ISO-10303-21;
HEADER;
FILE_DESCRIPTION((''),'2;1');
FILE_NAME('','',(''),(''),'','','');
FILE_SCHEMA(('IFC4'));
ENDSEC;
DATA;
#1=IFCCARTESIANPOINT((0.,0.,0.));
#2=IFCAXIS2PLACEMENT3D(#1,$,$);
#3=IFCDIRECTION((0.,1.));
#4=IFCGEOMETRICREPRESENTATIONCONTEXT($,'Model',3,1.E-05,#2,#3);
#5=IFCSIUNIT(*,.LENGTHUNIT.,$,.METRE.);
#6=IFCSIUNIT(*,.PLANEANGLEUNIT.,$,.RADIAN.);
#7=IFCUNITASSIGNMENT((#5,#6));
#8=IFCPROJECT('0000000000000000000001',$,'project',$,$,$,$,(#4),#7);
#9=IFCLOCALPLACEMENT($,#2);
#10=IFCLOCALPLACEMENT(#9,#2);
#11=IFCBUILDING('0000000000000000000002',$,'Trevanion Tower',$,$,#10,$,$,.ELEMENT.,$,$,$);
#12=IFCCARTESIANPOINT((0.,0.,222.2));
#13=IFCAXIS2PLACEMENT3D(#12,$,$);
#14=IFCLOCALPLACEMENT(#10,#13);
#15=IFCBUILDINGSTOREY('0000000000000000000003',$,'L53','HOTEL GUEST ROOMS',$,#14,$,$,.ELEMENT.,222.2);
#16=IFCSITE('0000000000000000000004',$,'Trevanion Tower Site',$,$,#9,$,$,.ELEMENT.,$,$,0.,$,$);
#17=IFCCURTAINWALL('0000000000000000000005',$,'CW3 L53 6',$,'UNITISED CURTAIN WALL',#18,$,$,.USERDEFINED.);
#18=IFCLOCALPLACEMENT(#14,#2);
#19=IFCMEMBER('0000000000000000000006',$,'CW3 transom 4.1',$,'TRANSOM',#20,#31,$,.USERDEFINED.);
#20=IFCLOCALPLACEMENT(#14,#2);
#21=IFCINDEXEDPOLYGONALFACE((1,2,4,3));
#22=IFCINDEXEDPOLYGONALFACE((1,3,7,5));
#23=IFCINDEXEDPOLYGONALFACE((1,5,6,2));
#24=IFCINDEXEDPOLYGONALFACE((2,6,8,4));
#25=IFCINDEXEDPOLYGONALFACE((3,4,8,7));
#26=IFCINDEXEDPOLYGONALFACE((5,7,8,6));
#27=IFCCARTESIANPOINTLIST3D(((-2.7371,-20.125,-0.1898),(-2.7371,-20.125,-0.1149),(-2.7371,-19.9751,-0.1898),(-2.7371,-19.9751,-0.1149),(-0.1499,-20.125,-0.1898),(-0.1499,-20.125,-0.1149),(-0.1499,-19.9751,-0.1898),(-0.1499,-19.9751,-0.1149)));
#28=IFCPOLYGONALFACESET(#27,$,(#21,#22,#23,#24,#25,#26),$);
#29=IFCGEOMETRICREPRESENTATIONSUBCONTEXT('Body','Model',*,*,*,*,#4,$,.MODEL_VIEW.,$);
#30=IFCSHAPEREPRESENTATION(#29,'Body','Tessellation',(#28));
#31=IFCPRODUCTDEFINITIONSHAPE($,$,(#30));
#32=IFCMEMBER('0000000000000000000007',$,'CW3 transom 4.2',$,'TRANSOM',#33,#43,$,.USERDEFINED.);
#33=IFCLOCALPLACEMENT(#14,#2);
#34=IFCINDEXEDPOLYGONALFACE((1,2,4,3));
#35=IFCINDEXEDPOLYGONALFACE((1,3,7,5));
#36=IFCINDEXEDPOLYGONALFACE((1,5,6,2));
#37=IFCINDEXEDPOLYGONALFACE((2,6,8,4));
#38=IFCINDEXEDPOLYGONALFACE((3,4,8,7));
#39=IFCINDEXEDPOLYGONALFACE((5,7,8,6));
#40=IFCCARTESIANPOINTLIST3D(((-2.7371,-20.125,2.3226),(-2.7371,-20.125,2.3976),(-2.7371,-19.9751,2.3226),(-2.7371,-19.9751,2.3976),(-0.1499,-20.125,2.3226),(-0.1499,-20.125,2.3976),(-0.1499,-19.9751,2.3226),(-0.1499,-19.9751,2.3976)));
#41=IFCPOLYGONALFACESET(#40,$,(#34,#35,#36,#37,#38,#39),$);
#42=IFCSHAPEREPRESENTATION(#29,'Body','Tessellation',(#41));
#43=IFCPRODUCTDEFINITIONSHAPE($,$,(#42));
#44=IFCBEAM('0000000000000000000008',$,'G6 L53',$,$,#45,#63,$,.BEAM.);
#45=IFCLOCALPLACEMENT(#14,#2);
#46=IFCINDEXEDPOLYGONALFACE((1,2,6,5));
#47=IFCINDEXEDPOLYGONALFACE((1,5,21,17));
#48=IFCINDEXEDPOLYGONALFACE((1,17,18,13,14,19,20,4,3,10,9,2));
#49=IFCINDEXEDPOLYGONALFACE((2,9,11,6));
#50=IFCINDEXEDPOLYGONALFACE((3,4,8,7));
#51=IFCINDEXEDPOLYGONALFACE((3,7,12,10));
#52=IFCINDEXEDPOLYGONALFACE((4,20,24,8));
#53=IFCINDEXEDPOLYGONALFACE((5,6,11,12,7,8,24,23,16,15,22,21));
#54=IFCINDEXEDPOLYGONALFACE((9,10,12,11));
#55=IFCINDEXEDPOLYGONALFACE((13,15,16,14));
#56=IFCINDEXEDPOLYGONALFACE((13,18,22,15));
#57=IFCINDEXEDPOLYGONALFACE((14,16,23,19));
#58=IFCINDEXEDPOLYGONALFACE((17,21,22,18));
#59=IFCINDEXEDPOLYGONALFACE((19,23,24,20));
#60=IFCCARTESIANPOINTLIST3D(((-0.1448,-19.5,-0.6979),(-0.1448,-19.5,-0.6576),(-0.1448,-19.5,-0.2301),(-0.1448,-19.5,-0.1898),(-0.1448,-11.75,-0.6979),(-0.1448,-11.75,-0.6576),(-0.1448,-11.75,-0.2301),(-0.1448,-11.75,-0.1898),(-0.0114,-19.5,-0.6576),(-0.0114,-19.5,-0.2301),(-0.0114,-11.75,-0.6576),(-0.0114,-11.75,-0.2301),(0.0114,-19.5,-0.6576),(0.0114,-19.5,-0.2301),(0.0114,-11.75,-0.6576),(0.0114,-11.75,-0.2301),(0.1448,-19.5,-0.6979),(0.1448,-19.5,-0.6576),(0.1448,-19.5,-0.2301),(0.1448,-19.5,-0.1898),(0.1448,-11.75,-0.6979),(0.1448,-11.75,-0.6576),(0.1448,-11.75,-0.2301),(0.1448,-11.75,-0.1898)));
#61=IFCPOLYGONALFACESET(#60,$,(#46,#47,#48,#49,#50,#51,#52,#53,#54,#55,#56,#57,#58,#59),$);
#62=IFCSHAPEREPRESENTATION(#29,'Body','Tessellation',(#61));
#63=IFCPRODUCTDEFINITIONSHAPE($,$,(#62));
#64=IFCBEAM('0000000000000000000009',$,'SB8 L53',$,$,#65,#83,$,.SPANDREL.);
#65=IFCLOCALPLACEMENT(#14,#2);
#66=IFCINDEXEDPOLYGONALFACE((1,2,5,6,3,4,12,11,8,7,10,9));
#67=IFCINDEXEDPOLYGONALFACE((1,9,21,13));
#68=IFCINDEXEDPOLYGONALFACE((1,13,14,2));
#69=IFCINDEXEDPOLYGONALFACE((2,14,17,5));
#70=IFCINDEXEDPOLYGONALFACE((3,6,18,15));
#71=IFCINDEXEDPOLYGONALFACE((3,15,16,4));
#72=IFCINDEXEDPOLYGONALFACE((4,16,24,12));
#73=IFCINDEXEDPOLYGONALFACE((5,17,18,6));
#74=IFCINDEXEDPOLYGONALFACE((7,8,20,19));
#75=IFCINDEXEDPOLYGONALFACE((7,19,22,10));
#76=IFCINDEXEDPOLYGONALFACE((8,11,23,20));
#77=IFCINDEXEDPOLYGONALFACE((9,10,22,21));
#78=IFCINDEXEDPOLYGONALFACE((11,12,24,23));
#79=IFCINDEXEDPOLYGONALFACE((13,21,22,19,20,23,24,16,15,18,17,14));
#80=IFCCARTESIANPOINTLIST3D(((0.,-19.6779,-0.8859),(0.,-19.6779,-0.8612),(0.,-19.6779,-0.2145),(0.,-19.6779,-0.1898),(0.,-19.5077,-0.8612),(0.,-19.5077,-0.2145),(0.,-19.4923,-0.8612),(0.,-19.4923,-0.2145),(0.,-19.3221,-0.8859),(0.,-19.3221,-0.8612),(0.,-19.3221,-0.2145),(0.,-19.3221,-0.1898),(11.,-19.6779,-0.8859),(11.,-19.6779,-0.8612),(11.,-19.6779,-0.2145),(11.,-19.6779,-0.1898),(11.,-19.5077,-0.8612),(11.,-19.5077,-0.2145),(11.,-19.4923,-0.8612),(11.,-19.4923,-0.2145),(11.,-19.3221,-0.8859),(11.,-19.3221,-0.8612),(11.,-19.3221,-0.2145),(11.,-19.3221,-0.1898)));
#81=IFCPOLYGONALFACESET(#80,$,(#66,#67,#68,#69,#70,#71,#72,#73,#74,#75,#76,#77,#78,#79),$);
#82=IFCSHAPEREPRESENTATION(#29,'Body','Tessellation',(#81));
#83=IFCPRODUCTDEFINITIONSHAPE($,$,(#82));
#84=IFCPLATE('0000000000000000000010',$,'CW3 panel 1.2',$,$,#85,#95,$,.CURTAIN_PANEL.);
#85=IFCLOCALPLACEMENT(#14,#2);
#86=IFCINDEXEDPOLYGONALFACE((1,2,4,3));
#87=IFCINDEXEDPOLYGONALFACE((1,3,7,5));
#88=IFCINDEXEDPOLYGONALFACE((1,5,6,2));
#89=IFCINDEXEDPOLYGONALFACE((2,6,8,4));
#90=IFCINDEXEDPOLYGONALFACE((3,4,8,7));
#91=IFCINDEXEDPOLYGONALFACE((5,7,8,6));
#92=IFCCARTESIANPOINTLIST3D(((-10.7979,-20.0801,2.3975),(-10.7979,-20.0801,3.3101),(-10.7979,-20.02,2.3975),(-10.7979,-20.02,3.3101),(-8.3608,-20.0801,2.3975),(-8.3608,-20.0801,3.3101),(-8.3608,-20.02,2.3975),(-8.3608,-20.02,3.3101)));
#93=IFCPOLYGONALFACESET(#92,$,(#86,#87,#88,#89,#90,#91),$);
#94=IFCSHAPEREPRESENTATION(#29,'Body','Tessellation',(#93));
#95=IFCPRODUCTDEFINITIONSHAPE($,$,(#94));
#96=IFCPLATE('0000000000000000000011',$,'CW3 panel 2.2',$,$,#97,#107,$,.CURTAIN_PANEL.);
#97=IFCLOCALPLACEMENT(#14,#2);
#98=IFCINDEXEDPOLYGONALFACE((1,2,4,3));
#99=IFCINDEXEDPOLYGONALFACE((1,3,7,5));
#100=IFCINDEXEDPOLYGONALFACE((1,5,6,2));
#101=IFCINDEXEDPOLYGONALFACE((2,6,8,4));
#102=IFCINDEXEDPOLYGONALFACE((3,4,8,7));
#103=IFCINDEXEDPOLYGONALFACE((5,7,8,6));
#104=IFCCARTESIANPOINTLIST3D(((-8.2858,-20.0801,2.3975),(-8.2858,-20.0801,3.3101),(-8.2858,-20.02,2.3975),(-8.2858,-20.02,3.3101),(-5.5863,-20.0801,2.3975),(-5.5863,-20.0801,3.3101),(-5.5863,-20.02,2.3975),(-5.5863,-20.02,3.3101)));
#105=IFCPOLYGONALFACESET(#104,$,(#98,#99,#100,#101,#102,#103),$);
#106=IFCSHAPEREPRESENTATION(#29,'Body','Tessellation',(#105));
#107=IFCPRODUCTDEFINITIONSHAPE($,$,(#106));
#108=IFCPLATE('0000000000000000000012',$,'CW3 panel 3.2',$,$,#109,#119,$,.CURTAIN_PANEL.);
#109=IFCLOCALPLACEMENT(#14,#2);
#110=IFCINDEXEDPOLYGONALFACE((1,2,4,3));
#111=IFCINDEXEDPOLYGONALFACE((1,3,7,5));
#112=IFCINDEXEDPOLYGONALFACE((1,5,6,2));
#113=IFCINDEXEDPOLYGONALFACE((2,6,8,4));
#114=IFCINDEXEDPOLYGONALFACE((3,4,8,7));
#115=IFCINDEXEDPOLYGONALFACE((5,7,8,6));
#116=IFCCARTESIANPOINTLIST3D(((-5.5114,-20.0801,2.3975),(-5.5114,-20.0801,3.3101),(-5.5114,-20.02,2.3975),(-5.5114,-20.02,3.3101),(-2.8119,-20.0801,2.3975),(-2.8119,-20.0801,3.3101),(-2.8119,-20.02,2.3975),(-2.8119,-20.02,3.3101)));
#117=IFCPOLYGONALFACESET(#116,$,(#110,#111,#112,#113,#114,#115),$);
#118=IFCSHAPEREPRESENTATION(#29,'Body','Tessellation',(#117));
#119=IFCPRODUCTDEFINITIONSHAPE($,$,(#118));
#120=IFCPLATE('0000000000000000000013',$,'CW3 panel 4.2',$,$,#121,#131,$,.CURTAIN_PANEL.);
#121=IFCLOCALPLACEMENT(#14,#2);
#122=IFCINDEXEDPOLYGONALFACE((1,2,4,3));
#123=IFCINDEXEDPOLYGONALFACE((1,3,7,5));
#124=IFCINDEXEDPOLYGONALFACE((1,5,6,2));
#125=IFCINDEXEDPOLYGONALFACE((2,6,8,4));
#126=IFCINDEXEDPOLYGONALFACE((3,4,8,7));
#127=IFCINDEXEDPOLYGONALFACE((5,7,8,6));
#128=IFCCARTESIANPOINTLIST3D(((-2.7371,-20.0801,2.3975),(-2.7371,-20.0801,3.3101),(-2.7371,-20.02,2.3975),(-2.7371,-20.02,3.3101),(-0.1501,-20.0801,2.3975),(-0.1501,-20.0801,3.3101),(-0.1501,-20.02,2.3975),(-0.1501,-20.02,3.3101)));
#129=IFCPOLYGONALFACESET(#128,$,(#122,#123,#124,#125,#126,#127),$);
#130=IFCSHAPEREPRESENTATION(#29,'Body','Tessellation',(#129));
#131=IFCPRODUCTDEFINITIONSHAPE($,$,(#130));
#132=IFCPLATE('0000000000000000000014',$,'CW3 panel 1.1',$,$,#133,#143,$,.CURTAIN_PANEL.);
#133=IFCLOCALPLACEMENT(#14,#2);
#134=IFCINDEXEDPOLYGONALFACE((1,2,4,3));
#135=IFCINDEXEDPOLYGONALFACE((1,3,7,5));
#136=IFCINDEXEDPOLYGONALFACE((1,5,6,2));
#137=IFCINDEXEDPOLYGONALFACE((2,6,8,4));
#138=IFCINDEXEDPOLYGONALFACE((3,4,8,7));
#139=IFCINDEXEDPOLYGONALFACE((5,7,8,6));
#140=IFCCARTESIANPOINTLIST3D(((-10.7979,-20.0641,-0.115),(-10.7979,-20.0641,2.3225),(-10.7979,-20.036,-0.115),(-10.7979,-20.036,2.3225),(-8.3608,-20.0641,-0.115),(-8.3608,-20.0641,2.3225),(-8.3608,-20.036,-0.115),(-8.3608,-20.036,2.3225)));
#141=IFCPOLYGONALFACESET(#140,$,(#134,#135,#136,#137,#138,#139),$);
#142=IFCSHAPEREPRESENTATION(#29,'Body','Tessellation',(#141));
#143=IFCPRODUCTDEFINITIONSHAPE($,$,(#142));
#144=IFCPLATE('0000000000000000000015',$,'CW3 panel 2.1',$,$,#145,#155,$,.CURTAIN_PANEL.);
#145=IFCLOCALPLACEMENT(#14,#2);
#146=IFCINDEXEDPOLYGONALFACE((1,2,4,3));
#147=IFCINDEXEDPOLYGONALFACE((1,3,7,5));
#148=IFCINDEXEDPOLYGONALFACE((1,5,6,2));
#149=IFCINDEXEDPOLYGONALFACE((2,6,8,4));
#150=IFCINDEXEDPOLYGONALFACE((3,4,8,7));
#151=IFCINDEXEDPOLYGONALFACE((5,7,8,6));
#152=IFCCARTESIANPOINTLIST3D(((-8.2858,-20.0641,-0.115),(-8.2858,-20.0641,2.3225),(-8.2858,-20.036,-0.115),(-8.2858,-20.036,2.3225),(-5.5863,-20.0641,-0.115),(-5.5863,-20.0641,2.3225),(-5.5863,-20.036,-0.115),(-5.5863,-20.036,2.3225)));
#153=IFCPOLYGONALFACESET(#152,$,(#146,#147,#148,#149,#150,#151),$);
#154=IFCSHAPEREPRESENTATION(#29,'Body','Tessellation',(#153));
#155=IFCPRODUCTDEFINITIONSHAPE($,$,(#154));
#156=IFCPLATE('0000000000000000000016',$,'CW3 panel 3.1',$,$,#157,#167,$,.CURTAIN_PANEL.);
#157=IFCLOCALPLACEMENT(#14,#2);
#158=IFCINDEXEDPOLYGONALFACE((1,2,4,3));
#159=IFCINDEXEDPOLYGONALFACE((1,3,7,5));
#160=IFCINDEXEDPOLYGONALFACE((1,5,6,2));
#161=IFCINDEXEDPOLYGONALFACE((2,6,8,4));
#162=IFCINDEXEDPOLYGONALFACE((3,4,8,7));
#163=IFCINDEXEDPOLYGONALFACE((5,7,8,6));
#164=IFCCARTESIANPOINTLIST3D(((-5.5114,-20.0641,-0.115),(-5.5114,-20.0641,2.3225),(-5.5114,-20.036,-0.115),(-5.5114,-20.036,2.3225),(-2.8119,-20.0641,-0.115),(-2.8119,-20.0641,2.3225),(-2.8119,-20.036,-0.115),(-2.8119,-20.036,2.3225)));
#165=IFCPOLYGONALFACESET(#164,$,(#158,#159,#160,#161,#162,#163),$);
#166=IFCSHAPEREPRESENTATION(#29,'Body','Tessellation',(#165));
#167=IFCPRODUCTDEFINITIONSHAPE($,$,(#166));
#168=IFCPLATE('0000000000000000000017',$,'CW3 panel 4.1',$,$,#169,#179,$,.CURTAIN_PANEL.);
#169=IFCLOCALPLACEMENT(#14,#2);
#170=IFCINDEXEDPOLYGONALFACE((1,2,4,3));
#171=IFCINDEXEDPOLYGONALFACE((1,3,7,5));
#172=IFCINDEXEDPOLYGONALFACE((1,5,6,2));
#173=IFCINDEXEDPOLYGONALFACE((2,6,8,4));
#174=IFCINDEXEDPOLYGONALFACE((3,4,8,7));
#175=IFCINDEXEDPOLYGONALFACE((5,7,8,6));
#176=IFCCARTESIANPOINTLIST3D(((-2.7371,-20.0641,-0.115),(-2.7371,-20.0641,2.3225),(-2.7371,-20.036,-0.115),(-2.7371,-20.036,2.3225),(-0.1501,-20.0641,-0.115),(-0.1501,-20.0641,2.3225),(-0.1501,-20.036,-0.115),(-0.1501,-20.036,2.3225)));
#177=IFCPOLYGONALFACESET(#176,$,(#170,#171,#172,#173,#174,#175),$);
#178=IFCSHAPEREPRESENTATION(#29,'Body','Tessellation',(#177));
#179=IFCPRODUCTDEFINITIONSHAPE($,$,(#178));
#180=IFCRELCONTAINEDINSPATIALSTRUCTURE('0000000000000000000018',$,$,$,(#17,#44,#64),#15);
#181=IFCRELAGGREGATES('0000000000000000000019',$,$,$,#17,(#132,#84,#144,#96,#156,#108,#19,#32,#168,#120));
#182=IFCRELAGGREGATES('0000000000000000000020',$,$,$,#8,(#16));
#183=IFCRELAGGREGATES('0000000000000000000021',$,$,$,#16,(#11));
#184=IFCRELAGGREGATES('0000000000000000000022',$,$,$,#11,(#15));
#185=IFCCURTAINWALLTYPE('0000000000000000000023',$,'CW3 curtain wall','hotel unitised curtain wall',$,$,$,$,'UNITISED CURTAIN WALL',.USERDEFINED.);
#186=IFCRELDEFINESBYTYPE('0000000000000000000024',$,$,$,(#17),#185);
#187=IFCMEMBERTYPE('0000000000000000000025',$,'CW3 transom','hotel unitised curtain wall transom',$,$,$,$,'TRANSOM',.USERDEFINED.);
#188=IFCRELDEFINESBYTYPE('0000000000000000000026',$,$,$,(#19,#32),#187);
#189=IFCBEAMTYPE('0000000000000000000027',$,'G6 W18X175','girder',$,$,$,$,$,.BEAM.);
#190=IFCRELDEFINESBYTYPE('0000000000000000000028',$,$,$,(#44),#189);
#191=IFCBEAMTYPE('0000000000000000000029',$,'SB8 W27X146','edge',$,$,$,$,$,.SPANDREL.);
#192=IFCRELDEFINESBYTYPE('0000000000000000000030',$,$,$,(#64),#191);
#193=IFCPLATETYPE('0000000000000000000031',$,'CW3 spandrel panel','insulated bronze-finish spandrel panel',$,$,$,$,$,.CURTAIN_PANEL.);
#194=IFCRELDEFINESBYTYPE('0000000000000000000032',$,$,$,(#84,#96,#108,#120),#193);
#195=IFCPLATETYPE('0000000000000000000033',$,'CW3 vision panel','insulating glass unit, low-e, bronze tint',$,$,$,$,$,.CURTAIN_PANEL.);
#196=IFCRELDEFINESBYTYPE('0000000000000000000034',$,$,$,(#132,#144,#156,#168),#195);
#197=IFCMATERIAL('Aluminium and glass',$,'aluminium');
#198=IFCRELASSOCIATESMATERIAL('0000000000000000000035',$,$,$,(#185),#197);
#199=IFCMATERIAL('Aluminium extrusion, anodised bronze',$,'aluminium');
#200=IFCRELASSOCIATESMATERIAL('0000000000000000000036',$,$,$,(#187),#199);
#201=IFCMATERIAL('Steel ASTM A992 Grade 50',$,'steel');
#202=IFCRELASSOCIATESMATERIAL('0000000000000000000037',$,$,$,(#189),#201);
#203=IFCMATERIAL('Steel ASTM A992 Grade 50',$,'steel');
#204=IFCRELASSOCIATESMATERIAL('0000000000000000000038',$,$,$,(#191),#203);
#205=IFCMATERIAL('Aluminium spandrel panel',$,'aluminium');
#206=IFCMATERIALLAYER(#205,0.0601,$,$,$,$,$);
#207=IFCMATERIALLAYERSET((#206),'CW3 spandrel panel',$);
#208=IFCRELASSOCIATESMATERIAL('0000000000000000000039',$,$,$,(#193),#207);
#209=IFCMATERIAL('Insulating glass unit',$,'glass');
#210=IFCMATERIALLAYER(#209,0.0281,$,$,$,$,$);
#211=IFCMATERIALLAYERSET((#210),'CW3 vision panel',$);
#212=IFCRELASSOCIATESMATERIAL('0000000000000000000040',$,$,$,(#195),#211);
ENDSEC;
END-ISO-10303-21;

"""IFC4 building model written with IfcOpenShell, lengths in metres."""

from ifc_helpers import new_model, si_unit, direction, frame, origin, origin_2d, place, context, subcontext, project, spatial, rectangle, i_section, extrude, material, layer, layer_set, material_profile, profile_set, type_object, element, aggregate, save


model = new_model("IFC4")

# Units and contexts
model_context = context("Model", 3, precision=1e-05, world=origin(), true_north=direction((0.0, 1.0)))
body_context = subcontext(model_context, "Body", "Model", "MODEL_VIEW")
ifc_project = project(units=[si_unit("LENGTHUNIT", "METRE"), si_unit("PLANEANGLEUNIT", "RADIAN")], contexts=[model_context])

# Site, building, storey
site_placement = place(None, origin())
site = spatial("IfcSite", under=ifc_project, at=site_placement, Name="Trevanion Tower Site", CompositionType="ELEMENT", RefElevation=0.0)
building_placement = place(site_placement, origin())
building = spatial("IfcBuilding", under=site, at=building_placement, Name="Trevanion Tower", CompositionType="ELEMENT")
storey_placement = place(building_placement, frame((0.0, 0.0, 222.2)))
storey = spatial("IfcBuildingStorey", under=building, at=storey_placement, Name="L53", Description="HOTEL GUEST ROOMS", CompositionType="ELEMENT", Elevation=222.2)

# Curtain wall, members
ifc_material_1 = material(Name="Aluminium and glass", Category="aluminium")
curtain_wall_type = type_object("IfcCurtainWallType", Name="CW3 curtain wall", Description="hotel unitised curtain wall", ElementType="UNITISED CURTAIN WALL", PredefinedType="USERDEFINED", material=ifc_material_1)
curtain_wall_placement = place(storey_placement, origin())
curtain_wall = element("IfcCurtainWall", 1, at=curtain_wall_placement, inside=storey, type_object=curtain_wall_type, Name="CW3 L53 6", ObjectType="UNITISED CURTAIN WALL", PredefinedType="USERDEFINED")
ifc_material_2 = material(Name="Aluminium extrusion, anodised bronze", Category="aluminium")
ifc_material_profile_1 = material_profile(ifc_material_2, rectangle(XDim=0.1499, YDim=0.075, at=origin_2d()), Name="CW3 transom")
ifc_profile_set_1 = profile_set([ifc_material_profile_1], Name="Aluminium extrusion, anodised bronze")
member_type_1 = type_object("IfcMemberType", Name="CW3 transom", Description="hotel unitised curtain wall transom", ElementType="TRANSOM", PredefinedType="USERDEFINED", material=ifc_profile_set_1)
member_1_placement = place(storey_placement, frame((-2.7371, -20.05, -0.1523), z_axis=(1.0, 0.0, 0.0), x_axis=(0.0, 1.0, 0.0)))
member_1 = element("IfcMember", 2, at=member_1_placement, type_object=member_type_1, Name="CW3 transom 4.1", ObjectType="TRANSOM", PredefinedType="USERDEFINED", context=body_context, shape_type="SweptSolid", body=[
    extrude(rectangle(XDim=0.1499, YDim=0.075, at=origin_2d()), origin(), (0.0, 0.0, 1.0), 2.5872),
])
member_2_placement = place(storey_placement, frame((-2.7371, -20.05, 2.3601), z_axis=(1.0, 0.0, 0.0), x_axis=(0.0, 1.0, 0.0)))
member_2 = element("IfcMember", 3, at=member_2_placement, type_object=member_type_1, Name="CW3 transom 4.2", ObjectType="TRANSOM", PredefinedType="USERDEFINED", context=body_context, shape_type="SweptSolid", body=[
    extrude(rectangle(XDim=0.1499, YDim=0.075, at=origin_2d()), origin(), (0.0, 0.0, 1.0), 2.5872),
])

# Beams
ifc_material_3 = material(Name="Steel ASTM A992 Grade 50", Category="steel")
ifc_material_profile_2 = material_profile(ifc_material_3, i_section(OverallWidth=0.2896, OverallDepth=0.5081, WebThickness=0.0227, FlangeThickness=0.0403, at=origin_2d()), Name="W18X175")
ifc_profile_set_2 = profile_set([ifc_material_profile_2], Name="Steel ASTM A992 Grade 50")
beam_type_1 = type_object("IfcBeamType", Name="G6 W18X175", Description="girder", PredefinedType="BEAM", material=ifc_profile_set_2)
beam_1_placement = place(storey_placement, frame((0.0, -11.75, -0.4438), z_axis=(0.0, -1.0, 0.0), x_axis=(1.0, 0.0, 0.0)))
element("IfcBeam", 4, at=beam_1_placement, inside=storey, type_object=beam_type_1, Name="G6 L53", PredefinedType="BEAM", context=body_context, shape_type="SweptSolid", body=[
    extrude(i_section(OverallWidth=0.2896, OverallDepth=0.5081, WebThickness=0.0227, FlangeThickness=0.0403, at=origin_2d()), origin(), (0.0, 0.0, 1.0), 7.75),
])
ifc_material_4 = material(Name="Steel ASTM A992 Grade 50", Category="steel")
ifc_material_profile_3 = material_profile(ifc_material_4, i_section(OverallWidth=0.3557, OverallDepth=0.696, WebThickness=0.0154, FlangeThickness=0.0247, at=origin_2d()), Name="W27X146")
ifc_profile_set_3 = profile_set([ifc_material_profile_3], Name="Steel ASTM A992 Grade 50")
beam_type_2 = type_object("IfcBeamType", Name="SB8 W27X146", Description="edge", PredefinedType="SPANDREL", material=ifc_profile_set_3)
beam_2_placement = place(storey_placement, frame((0.0, -19.5, -0.5378), z_axis=(1.0, 0.0, 0.0), x_axis=(0.0, 1.0, 0.0)))
element("IfcBeam", 5, at=beam_2_placement, inside=storey, type_object=beam_type_2, Name="SB8 L53", PredefinedType="SPANDREL", context=body_context, shape_type="SweptSolid", body=[
    extrude(i_section(OverallWidth=0.3557, OverallDepth=0.696, WebThickness=0.0154, FlangeThickness=0.0247, at=origin_2d()), origin(), (0.0, 0.0, 1.0), 11.0),
])

# Plates
ifc_material_5 = material(Name="Aluminium spandrel panel", Category="aluminium")
ifc_layer_1 = layer(ifc_material_5, 0.0601)
ifc_layer_set_1 = layer_set([ifc_layer_1], Name="CW3 spandrel panel")
plate_type_1 = type_object("IfcPlateType", Name="CW3 spandrel panel", Description="insulated bronze-finish spandrel panel", PredefinedType="CURTAIN_PANEL", material=ifc_layer_set_1)
plate_1_placement = place(storey_placement, frame((-9.5793, -20.05, 2.3975), z_axis=(0.0, 0.0, 1.0), x_axis=(1.0, 0.0, 0.0)))
plate_1 = element("IfcPlate", 6, at=plate_1_placement, type_object=plate_type_1, Name="CW3 panel 1.2", PredefinedType="CURTAIN_PANEL", context=body_context, shape_type="SweptSolid", body=[
    extrude(rectangle(XDim=2.437, YDim=0.0601, at=origin_2d()), origin(), (0.0, 0.0, 1.0), 0.9126),
])
plate_2_placement = place(storey_placement, frame((-6.936, -20.05, 2.3975), z_axis=(0.0, 0.0, 1.0), x_axis=(1.0, 0.0, 0.0)))
plate_2 = element("IfcPlate", 7, at=plate_2_placement, type_object=plate_type_1, Name="CW3 panel 2.2", PredefinedType="CURTAIN_PANEL", context=body_context, shape_type="SweptSolid", body=[
    extrude(rectangle(XDim=2.6995, YDim=0.0601, at=origin_2d()), origin(), (0.0, 0.0, 1.0), 0.9126),
])
plate_3_placement = place(storey_placement, frame((-4.1616, -20.05, 2.3975), z_axis=(0.0, 0.0, 1.0), x_axis=(1.0, 0.0, 0.0)))
plate_3 = element("IfcPlate", 8, at=plate_3_placement, type_object=plate_type_1, Name="CW3 panel 3.2", PredefinedType="CURTAIN_PANEL", context=body_context, shape_type="SweptSolid", body=[
    extrude(rectangle(XDim=2.6995, YDim=0.0601, at=origin_2d()), origin(), (0.0, 0.0, 1.0), 0.9126),
])
plate_4_placement = place(storey_placement, frame((-1.4436, -20.05, 2.3975), z_axis=(0.0, 0.0, 1.0), x_axis=(1.0, 0.0, 0.0)))
plate_4 = element("IfcPlate", 9, at=plate_4_placement, type_object=plate_type_1, Name="CW3 panel 4.2", PredefinedType="CURTAIN_PANEL", context=body_context, shape_type="SweptSolid", body=[
    extrude(rectangle(XDim=2.5869, YDim=0.0601, at=origin_2d()), origin(), (0.0, 0.0, 1.0), 0.9126),
])
ifc_material_6 = material(Name="Insulating glass unit", Category="glass")
ifc_layer_2 = layer(ifc_material_6, 0.0281)
ifc_layer_set_2 = layer_set([ifc_layer_2], Name="CW3 vision panel")
plate_type_2 = type_object("IfcPlateType", Name="CW3 vision panel", Description="insulating glass unit, low-e, bronze tint", PredefinedType="CURTAIN_PANEL", material=ifc_layer_set_2)
plate_5_placement = place(storey_placement, frame((-9.5793, -20.05, -0.115), z_axis=(0.0, 0.0, 1.0), x_axis=(1.0, 0.0, 0.0)))
plate_5 = element("IfcPlate", 10, at=plate_5_placement, type_object=plate_type_2, Name="CW3 panel 1.1", PredefinedType="CURTAIN_PANEL", context=body_context, shape_type="SweptSolid", body=[
    extrude(rectangle(XDim=2.437, YDim=0.0281, at=origin_2d()), origin(), (0.0, 0.0, 1.0), 2.4375),
])
plate_6_placement = place(storey_placement, frame((-6.936, -20.05, -0.115), z_axis=(0.0, 0.0, 1.0), x_axis=(1.0, 0.0, 0.0)))
plate_6 = element("IfcPlate", 11, at=plate_6_placement, type_object=plate_type_2, Name="CW3 panel 2.1", PredefinedType="CURTAIN_PANEL", context=body_context, shape_type="SweptSolid", body=[
    extrude(rectangle(XDim=2.6995, YDim=0.0281, at=origin_2d()), origin(), (0.0, 0.0, 1.0), 2.4375),
])
plate_7_placement = place(storey_placement, frame((-4.1616, -20.05, -0.115), z_axis=(0.0, 0.0, 1.0), x_axis=(1.0, 0.0, 0.0)))
plate_7 = element("IfcPlate", 12, at=plate_7_placement, type_object=plate_type_2, Name="CW3 panel 3.1", PredefinedType="CURTAIN_PANEL", context=body_context, shape_type="SweptSolid", body=[
    extrude(rectangle(XDim=2.6995, YDim=0.0281, at=origin_2d()), origin(), (0.0, 0.0, 1.0), 2.4375),
])
plate_8_placement = place(storey_placement, frame((-1.4436, -20.05, -0.115), z_axis=(0.0, 0.0, 1.0), x_axis=(1.0, 0.0, 0.0)))
plate_8 = element("IfcPlate", 13, at=plate_8_placement, type_object=plate_type_2, Name="CW3 panel 4.1", PredefinedType="CURTAIN_PANEL", context=body_context, shape_type="SweptSolid", body=[
    extrude(rectangle(XDim=2.5869, YDim=0.0281, at=origin_2d()), origin(), (0.0, 0.0, 1.0), 2.4375),
])
aggregate(curtain_wall, [plate_5, plate_1, plate_6, plate_2, plate_7, plate_3, member_1, member_2, plate_8, plate_4])

save(model, "model.ifc")
